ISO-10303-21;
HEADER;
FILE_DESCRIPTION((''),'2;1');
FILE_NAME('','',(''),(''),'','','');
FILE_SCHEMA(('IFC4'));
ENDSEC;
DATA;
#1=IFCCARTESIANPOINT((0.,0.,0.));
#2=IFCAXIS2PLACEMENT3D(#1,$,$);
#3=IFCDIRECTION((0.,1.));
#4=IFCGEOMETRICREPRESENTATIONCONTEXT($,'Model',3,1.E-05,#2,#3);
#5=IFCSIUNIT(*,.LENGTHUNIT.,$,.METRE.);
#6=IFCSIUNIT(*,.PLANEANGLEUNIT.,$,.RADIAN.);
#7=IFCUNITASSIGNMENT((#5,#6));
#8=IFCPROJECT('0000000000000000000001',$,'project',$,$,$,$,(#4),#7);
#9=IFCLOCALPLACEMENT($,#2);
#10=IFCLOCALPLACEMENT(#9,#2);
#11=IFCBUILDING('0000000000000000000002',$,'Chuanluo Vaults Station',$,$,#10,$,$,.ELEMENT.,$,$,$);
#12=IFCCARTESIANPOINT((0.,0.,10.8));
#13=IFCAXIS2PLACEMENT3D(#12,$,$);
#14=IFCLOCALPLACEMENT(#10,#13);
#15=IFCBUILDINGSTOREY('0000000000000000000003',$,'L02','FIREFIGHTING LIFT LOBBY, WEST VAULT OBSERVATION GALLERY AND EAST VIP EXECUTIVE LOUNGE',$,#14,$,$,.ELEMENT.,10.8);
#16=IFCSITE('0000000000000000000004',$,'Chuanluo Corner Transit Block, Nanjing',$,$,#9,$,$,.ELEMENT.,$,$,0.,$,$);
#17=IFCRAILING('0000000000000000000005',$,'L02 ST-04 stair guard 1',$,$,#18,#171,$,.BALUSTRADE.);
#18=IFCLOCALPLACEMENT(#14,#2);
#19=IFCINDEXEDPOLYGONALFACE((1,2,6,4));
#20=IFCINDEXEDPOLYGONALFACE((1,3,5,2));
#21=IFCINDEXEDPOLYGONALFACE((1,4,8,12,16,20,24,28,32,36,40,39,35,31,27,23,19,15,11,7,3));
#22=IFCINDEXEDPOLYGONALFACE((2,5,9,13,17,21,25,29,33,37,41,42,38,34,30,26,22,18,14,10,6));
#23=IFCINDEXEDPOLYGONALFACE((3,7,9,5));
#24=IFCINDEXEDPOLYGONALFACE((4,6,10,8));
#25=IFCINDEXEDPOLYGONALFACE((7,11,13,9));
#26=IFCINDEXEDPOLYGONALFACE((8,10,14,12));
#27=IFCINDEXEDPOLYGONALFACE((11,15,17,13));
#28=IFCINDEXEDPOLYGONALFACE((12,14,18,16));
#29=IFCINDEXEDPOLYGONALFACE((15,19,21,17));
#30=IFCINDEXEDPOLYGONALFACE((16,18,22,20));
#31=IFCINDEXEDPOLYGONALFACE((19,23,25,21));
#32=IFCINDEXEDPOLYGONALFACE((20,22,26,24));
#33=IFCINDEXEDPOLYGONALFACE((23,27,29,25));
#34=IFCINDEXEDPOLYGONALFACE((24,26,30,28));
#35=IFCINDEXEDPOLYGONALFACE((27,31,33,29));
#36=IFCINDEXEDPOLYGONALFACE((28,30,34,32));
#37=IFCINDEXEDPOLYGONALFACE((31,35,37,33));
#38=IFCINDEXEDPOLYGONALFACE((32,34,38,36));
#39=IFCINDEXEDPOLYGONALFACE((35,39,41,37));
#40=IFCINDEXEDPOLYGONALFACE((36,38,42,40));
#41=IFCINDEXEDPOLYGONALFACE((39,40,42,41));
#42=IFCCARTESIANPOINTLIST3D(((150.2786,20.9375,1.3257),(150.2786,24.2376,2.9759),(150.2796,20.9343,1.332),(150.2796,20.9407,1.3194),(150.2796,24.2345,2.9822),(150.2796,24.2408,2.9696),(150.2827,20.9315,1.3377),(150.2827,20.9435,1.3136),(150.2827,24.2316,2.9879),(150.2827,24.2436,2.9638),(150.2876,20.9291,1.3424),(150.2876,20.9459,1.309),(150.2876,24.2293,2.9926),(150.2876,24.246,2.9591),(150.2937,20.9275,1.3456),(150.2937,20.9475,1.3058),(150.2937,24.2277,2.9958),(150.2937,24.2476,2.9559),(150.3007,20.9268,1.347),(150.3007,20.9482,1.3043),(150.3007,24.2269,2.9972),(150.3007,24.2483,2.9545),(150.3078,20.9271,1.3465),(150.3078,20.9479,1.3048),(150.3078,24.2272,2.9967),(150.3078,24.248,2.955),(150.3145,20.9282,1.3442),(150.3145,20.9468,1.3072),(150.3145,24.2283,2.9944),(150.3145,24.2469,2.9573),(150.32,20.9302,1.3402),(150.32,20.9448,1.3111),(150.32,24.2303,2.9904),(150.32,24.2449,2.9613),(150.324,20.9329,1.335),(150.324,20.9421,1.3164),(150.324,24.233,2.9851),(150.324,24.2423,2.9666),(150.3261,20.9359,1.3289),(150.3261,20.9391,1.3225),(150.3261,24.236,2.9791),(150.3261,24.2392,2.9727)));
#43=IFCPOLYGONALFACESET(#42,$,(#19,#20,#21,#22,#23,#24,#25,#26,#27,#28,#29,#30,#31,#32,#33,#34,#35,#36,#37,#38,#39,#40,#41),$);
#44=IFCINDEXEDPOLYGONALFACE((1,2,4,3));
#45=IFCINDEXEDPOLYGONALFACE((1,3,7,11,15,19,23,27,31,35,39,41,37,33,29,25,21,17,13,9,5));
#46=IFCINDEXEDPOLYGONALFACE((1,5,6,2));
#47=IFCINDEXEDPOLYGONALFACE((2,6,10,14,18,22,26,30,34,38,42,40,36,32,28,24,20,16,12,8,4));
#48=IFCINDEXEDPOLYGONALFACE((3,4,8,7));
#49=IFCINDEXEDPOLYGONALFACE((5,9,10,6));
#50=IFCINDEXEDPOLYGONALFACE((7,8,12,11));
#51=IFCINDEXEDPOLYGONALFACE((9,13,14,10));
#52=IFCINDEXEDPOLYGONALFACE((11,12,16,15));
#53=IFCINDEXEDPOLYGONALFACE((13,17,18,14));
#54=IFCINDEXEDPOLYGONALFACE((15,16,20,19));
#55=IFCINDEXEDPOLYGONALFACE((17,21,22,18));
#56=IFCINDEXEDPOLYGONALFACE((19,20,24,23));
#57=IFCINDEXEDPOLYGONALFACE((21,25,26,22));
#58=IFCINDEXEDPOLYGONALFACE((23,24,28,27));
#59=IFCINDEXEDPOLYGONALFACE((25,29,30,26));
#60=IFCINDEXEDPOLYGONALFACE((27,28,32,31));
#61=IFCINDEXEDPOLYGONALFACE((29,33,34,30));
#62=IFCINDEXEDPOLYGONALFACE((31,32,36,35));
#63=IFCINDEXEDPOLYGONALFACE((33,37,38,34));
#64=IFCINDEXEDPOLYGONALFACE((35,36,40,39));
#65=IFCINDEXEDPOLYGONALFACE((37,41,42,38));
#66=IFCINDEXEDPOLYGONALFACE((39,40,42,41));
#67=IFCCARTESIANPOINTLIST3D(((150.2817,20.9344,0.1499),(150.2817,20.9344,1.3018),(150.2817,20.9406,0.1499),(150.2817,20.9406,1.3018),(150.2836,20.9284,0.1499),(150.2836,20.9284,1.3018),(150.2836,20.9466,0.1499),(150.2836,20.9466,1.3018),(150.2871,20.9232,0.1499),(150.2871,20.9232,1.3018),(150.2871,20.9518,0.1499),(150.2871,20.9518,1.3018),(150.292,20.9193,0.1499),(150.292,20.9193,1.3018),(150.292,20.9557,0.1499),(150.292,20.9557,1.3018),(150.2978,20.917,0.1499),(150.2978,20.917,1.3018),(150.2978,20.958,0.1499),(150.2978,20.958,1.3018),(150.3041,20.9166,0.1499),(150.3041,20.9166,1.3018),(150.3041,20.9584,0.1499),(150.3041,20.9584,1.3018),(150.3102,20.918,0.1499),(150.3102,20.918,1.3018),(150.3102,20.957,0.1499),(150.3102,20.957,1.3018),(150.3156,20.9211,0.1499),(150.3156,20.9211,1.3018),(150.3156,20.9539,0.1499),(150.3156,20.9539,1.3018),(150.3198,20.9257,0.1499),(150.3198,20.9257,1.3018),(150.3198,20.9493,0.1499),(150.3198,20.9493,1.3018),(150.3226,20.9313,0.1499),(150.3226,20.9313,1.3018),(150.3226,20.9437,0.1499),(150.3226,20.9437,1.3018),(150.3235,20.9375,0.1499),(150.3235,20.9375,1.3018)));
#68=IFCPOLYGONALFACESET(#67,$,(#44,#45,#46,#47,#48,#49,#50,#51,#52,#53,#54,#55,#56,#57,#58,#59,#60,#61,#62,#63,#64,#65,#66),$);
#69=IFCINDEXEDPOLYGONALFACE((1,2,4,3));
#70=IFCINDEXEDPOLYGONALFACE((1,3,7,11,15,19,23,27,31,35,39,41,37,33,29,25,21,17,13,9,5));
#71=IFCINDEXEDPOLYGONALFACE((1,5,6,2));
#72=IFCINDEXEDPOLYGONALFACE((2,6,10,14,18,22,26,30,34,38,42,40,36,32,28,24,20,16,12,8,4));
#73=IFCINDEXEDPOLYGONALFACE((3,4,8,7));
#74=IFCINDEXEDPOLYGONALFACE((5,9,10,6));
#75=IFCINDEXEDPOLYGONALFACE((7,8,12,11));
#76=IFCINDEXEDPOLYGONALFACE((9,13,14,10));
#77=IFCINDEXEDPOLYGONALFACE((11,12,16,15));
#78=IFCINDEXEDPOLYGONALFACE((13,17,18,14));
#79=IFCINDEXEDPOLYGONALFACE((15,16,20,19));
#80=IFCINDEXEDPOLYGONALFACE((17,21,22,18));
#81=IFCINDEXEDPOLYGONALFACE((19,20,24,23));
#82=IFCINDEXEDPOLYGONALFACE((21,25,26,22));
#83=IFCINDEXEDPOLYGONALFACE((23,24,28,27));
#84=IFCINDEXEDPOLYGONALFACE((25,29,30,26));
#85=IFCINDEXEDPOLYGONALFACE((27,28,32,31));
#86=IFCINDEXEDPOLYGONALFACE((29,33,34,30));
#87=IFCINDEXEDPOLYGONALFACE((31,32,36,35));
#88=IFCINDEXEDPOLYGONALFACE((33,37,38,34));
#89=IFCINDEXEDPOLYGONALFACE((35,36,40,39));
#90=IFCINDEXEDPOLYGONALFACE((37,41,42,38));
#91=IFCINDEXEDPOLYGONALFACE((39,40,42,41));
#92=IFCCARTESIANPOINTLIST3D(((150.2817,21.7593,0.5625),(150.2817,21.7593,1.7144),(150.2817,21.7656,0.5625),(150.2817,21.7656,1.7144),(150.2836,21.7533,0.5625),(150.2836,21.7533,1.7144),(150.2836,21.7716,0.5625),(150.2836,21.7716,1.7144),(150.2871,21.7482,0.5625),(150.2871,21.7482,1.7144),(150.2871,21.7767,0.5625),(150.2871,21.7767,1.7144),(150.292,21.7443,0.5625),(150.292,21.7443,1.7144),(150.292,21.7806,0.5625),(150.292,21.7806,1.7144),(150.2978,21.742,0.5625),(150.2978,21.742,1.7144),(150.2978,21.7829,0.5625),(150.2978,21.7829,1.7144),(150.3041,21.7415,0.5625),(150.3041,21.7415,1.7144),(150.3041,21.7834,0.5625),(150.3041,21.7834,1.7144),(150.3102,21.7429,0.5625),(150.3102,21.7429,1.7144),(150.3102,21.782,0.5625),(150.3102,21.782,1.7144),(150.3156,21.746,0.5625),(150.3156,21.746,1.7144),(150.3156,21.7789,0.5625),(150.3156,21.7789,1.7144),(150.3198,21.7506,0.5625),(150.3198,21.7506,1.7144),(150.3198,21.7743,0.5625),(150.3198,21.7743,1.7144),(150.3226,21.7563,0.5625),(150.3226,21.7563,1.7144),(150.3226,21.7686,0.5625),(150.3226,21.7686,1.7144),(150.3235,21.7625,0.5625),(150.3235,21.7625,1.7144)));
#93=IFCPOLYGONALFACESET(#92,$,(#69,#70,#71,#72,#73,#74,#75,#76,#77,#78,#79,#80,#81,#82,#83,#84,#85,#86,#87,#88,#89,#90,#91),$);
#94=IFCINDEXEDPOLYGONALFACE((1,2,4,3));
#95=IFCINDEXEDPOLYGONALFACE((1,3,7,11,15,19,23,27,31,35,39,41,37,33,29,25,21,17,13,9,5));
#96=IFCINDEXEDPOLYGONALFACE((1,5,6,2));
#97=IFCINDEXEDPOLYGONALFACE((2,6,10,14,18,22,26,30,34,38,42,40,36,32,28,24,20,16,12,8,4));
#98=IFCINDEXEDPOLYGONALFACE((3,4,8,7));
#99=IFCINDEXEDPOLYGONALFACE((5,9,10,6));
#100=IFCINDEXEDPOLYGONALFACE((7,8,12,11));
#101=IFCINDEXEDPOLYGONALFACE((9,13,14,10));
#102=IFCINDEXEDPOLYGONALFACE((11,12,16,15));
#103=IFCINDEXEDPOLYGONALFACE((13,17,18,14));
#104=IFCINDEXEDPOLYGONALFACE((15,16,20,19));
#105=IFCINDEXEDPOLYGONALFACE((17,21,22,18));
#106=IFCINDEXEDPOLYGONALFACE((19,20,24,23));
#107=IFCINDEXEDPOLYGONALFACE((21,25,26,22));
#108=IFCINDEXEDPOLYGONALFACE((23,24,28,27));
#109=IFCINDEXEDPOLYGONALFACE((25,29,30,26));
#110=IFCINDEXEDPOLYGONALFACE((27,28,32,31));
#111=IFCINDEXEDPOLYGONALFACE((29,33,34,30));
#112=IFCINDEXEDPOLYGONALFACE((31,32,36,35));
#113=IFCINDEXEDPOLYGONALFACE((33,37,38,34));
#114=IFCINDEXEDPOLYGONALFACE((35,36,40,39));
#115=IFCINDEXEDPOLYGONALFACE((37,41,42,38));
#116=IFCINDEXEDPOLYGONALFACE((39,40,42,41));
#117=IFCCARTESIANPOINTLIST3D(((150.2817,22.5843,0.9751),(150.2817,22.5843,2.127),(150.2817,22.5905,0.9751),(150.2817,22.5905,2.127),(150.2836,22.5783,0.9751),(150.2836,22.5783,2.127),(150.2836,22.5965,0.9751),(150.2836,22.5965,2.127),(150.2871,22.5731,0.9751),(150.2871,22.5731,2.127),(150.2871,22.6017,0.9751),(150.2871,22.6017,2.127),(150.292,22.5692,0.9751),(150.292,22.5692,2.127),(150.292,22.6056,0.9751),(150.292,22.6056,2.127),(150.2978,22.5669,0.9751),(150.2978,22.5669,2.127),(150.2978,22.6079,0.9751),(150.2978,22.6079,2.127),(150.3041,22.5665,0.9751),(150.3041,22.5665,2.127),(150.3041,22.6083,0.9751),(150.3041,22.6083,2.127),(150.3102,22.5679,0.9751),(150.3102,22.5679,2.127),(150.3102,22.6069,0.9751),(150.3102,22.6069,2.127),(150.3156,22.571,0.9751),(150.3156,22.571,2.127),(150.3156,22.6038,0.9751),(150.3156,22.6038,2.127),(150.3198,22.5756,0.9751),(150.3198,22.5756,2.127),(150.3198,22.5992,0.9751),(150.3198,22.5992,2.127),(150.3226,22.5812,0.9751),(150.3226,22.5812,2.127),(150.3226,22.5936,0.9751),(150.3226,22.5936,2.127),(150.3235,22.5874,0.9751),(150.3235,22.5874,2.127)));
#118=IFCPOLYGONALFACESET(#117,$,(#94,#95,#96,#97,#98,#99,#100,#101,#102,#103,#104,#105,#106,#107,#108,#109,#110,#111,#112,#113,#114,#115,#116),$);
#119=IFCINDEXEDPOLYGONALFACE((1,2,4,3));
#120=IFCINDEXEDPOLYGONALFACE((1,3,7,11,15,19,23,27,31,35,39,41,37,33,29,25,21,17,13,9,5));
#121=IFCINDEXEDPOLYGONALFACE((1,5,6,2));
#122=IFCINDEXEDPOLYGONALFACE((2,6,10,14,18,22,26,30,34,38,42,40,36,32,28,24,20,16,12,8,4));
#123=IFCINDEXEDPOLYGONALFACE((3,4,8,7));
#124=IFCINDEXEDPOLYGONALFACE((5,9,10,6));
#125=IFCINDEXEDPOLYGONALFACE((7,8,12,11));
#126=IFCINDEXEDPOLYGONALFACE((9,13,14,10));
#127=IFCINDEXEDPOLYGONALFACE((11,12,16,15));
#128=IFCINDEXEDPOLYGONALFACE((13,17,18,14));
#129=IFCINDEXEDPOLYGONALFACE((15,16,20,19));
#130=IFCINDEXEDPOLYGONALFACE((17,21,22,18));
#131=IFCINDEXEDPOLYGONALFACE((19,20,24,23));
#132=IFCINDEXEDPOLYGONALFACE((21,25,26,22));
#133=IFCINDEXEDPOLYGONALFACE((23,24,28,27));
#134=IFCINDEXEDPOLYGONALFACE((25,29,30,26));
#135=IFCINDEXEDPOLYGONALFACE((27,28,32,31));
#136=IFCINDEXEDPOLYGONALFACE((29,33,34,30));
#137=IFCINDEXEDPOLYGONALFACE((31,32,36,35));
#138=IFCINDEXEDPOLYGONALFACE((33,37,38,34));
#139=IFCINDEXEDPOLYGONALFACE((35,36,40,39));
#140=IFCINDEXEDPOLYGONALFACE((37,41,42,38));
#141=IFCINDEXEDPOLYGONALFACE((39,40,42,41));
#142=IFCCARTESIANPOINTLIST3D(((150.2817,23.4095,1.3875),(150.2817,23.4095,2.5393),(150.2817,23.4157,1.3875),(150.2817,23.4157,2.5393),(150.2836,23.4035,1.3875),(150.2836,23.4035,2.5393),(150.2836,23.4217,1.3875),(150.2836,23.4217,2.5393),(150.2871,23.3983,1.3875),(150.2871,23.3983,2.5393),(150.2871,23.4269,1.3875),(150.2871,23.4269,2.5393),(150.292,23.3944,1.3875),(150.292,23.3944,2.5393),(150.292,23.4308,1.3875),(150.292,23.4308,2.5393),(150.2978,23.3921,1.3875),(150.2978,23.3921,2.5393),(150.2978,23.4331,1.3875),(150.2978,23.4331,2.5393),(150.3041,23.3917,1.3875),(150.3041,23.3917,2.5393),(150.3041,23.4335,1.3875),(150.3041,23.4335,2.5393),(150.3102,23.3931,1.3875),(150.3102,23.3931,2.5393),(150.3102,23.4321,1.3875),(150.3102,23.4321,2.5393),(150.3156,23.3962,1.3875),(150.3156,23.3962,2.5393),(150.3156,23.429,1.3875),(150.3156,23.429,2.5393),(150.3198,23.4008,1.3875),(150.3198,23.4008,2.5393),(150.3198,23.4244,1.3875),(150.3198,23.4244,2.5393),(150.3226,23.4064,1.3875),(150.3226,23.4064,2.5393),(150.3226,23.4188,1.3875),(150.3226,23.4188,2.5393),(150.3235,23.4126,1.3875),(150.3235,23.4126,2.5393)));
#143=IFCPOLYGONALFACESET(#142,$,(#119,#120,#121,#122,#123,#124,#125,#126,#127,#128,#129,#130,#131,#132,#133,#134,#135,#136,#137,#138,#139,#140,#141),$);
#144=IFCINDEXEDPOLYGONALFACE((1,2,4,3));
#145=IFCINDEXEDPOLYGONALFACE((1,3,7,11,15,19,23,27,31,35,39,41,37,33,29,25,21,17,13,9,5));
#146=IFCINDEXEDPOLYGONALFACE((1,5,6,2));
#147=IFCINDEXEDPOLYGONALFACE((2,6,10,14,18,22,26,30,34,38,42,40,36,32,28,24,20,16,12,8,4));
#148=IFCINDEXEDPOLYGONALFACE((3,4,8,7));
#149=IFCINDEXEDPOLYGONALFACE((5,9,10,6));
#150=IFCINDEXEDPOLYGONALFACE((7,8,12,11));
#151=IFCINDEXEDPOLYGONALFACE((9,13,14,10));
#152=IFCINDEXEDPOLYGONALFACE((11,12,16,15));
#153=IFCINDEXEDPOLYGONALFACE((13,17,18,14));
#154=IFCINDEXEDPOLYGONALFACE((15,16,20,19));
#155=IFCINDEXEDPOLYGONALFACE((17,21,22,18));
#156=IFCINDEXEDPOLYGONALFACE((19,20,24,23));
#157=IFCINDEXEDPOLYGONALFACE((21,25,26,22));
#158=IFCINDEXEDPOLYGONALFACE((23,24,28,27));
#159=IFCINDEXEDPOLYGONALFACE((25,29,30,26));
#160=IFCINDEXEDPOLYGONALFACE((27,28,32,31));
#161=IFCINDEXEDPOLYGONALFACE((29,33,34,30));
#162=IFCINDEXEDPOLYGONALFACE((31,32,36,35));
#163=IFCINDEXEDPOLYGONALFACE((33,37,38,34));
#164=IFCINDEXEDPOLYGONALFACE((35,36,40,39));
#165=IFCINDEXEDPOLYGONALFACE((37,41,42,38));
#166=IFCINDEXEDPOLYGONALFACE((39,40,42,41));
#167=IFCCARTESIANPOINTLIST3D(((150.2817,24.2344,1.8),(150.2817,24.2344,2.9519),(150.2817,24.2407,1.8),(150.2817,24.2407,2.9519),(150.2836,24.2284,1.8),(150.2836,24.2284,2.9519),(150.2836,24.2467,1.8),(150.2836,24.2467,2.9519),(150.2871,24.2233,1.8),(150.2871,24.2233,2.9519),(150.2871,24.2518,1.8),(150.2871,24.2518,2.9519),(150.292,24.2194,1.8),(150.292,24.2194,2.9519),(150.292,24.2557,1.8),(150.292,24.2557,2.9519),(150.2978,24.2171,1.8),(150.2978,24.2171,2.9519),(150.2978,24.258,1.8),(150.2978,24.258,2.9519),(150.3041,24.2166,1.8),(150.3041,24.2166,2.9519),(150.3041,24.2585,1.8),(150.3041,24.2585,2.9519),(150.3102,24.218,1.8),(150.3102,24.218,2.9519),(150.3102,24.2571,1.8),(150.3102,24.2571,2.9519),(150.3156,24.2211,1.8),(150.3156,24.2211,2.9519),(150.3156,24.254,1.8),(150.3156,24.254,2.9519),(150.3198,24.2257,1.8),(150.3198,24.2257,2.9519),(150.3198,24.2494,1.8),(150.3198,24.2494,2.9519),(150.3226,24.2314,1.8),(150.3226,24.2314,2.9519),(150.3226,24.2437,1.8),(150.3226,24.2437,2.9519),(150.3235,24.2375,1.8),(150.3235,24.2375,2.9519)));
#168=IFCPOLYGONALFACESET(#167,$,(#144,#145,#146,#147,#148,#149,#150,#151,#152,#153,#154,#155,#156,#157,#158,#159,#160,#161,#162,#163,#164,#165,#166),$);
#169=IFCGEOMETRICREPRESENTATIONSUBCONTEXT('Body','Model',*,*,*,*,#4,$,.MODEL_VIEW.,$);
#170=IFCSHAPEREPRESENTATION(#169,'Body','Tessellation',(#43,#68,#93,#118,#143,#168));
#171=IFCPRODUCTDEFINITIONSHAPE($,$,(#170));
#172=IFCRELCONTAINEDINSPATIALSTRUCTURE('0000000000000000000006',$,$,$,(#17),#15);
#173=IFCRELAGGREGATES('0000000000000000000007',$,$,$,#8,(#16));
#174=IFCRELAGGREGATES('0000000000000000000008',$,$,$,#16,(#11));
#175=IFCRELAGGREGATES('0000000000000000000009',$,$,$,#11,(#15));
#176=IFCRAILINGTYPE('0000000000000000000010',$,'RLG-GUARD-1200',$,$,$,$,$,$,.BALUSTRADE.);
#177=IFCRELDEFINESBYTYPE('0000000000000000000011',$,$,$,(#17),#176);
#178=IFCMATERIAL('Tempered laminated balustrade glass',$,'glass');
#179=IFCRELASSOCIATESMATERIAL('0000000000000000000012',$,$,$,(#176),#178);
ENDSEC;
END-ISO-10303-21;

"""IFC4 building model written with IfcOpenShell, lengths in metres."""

from ifc_helpers import new_model, si_unit, direction, frame, origin, origin_2d, place, context, subcontext, project, spatial, circle, extrude, material, type_object, element, save


model = new_model("IFC4")

# Units and contexts
model_context = context("Model", 3, precision=1e-05, world=origin(), true_north=direction((0.0, 1.0)))
body_context = subcontext(model_context, "Body", "Model", "MODEL_VIEW")
ifc_project = project(units=[si_unit("LENGTHUNIT", "METRE"), si_unit("PLANEANGLEUNIT", "RADIAN")], contexts=[model_context])

# Site, building, storey
site_placement = place(None, origin())
site = spatial("IfcSite", under=ifc_project, at=site_placement, Name="Chuanluo Corner Transit Block, Nanjing", CompositionType="ELEMENT", RefElevation=0.0)
building_placement = place(site_placement, origin())
building = spatial("IfcBuilding", under=site, at=building_placement, Name="Chuanluo Vaults Station", CompositionType="ELEMENT")
storey_placement = place(building_placement, frame((0.0, 0.0, 10.8)))
storey = spatial("IfcBuildingStorey", under=building, at=storey_placement, Name="L02", Description="FIREFIGHTING LIFT LOBBY, WEST VAULT OBSERVATION GALLERY AND EAST VIP EXECUTIVE LOUNGE", CompositionType="ELEMENT", Elevation=10.8)

# Railing
ifc_material_1 = material(Name="Tempered laminated balustrade glass", Category="glass")
railing_type_1 = type_object("IfcRailingType", Name="RLG-GUARD-1200", PredefinedType="BALUSTRADE", material=ifc_material_1)
railing_1_placement = place(storey_placement, frame((150.3025, 20.9375, 0.1499)))
element("IfcRailing", 1, at=railing_1_placement, inside=storey, type_object=railing_type_1, Name="L02 ST-04 stair guard 1", PredefinedType="BALUSTRADE", context=body_context, shape_type="SweptSolid", body=[
    extrude(circle(Radius=0.0239, at=origin_2d()), frame((0.0, 0.0, 1.1758), z_axis=(0.0, 0.894414, 0.44724), x_axis=(-1.0, 0.0, 0.0)), (0.0, 0.0, 1.0), 3.6897),
    extrude(circle(Radius=0.021, at=origin_2d()), origin(), (0.0, 0.0, 1.0), 1.1519),
    extrude(circle(Radius=0.021, at=origin_2d()), frame((0.0, 0.825, 0.4126)), (0.0, 0.0, 1.0), 1.1519),
    extrude(circle(Radius=0.021, at=origin_2d()), frame((0.0, 1.6499, 0.8252)), (0.0, 0.0, 1.0), 1.1519),
    extrude(circle(Radius=0.021, at=origin_2d()), frame((0.0, 2.4751, 1.2375)), (0.0, 0.0, 1.0), 1.1519),
    extrude(circle(Radius=0.021, at=origin_2d()), frame((0.0, 3.3, 1.6501)), (0.0, 0.0, 1.0), 1.1519),
])

save(model, "model.ifc")
